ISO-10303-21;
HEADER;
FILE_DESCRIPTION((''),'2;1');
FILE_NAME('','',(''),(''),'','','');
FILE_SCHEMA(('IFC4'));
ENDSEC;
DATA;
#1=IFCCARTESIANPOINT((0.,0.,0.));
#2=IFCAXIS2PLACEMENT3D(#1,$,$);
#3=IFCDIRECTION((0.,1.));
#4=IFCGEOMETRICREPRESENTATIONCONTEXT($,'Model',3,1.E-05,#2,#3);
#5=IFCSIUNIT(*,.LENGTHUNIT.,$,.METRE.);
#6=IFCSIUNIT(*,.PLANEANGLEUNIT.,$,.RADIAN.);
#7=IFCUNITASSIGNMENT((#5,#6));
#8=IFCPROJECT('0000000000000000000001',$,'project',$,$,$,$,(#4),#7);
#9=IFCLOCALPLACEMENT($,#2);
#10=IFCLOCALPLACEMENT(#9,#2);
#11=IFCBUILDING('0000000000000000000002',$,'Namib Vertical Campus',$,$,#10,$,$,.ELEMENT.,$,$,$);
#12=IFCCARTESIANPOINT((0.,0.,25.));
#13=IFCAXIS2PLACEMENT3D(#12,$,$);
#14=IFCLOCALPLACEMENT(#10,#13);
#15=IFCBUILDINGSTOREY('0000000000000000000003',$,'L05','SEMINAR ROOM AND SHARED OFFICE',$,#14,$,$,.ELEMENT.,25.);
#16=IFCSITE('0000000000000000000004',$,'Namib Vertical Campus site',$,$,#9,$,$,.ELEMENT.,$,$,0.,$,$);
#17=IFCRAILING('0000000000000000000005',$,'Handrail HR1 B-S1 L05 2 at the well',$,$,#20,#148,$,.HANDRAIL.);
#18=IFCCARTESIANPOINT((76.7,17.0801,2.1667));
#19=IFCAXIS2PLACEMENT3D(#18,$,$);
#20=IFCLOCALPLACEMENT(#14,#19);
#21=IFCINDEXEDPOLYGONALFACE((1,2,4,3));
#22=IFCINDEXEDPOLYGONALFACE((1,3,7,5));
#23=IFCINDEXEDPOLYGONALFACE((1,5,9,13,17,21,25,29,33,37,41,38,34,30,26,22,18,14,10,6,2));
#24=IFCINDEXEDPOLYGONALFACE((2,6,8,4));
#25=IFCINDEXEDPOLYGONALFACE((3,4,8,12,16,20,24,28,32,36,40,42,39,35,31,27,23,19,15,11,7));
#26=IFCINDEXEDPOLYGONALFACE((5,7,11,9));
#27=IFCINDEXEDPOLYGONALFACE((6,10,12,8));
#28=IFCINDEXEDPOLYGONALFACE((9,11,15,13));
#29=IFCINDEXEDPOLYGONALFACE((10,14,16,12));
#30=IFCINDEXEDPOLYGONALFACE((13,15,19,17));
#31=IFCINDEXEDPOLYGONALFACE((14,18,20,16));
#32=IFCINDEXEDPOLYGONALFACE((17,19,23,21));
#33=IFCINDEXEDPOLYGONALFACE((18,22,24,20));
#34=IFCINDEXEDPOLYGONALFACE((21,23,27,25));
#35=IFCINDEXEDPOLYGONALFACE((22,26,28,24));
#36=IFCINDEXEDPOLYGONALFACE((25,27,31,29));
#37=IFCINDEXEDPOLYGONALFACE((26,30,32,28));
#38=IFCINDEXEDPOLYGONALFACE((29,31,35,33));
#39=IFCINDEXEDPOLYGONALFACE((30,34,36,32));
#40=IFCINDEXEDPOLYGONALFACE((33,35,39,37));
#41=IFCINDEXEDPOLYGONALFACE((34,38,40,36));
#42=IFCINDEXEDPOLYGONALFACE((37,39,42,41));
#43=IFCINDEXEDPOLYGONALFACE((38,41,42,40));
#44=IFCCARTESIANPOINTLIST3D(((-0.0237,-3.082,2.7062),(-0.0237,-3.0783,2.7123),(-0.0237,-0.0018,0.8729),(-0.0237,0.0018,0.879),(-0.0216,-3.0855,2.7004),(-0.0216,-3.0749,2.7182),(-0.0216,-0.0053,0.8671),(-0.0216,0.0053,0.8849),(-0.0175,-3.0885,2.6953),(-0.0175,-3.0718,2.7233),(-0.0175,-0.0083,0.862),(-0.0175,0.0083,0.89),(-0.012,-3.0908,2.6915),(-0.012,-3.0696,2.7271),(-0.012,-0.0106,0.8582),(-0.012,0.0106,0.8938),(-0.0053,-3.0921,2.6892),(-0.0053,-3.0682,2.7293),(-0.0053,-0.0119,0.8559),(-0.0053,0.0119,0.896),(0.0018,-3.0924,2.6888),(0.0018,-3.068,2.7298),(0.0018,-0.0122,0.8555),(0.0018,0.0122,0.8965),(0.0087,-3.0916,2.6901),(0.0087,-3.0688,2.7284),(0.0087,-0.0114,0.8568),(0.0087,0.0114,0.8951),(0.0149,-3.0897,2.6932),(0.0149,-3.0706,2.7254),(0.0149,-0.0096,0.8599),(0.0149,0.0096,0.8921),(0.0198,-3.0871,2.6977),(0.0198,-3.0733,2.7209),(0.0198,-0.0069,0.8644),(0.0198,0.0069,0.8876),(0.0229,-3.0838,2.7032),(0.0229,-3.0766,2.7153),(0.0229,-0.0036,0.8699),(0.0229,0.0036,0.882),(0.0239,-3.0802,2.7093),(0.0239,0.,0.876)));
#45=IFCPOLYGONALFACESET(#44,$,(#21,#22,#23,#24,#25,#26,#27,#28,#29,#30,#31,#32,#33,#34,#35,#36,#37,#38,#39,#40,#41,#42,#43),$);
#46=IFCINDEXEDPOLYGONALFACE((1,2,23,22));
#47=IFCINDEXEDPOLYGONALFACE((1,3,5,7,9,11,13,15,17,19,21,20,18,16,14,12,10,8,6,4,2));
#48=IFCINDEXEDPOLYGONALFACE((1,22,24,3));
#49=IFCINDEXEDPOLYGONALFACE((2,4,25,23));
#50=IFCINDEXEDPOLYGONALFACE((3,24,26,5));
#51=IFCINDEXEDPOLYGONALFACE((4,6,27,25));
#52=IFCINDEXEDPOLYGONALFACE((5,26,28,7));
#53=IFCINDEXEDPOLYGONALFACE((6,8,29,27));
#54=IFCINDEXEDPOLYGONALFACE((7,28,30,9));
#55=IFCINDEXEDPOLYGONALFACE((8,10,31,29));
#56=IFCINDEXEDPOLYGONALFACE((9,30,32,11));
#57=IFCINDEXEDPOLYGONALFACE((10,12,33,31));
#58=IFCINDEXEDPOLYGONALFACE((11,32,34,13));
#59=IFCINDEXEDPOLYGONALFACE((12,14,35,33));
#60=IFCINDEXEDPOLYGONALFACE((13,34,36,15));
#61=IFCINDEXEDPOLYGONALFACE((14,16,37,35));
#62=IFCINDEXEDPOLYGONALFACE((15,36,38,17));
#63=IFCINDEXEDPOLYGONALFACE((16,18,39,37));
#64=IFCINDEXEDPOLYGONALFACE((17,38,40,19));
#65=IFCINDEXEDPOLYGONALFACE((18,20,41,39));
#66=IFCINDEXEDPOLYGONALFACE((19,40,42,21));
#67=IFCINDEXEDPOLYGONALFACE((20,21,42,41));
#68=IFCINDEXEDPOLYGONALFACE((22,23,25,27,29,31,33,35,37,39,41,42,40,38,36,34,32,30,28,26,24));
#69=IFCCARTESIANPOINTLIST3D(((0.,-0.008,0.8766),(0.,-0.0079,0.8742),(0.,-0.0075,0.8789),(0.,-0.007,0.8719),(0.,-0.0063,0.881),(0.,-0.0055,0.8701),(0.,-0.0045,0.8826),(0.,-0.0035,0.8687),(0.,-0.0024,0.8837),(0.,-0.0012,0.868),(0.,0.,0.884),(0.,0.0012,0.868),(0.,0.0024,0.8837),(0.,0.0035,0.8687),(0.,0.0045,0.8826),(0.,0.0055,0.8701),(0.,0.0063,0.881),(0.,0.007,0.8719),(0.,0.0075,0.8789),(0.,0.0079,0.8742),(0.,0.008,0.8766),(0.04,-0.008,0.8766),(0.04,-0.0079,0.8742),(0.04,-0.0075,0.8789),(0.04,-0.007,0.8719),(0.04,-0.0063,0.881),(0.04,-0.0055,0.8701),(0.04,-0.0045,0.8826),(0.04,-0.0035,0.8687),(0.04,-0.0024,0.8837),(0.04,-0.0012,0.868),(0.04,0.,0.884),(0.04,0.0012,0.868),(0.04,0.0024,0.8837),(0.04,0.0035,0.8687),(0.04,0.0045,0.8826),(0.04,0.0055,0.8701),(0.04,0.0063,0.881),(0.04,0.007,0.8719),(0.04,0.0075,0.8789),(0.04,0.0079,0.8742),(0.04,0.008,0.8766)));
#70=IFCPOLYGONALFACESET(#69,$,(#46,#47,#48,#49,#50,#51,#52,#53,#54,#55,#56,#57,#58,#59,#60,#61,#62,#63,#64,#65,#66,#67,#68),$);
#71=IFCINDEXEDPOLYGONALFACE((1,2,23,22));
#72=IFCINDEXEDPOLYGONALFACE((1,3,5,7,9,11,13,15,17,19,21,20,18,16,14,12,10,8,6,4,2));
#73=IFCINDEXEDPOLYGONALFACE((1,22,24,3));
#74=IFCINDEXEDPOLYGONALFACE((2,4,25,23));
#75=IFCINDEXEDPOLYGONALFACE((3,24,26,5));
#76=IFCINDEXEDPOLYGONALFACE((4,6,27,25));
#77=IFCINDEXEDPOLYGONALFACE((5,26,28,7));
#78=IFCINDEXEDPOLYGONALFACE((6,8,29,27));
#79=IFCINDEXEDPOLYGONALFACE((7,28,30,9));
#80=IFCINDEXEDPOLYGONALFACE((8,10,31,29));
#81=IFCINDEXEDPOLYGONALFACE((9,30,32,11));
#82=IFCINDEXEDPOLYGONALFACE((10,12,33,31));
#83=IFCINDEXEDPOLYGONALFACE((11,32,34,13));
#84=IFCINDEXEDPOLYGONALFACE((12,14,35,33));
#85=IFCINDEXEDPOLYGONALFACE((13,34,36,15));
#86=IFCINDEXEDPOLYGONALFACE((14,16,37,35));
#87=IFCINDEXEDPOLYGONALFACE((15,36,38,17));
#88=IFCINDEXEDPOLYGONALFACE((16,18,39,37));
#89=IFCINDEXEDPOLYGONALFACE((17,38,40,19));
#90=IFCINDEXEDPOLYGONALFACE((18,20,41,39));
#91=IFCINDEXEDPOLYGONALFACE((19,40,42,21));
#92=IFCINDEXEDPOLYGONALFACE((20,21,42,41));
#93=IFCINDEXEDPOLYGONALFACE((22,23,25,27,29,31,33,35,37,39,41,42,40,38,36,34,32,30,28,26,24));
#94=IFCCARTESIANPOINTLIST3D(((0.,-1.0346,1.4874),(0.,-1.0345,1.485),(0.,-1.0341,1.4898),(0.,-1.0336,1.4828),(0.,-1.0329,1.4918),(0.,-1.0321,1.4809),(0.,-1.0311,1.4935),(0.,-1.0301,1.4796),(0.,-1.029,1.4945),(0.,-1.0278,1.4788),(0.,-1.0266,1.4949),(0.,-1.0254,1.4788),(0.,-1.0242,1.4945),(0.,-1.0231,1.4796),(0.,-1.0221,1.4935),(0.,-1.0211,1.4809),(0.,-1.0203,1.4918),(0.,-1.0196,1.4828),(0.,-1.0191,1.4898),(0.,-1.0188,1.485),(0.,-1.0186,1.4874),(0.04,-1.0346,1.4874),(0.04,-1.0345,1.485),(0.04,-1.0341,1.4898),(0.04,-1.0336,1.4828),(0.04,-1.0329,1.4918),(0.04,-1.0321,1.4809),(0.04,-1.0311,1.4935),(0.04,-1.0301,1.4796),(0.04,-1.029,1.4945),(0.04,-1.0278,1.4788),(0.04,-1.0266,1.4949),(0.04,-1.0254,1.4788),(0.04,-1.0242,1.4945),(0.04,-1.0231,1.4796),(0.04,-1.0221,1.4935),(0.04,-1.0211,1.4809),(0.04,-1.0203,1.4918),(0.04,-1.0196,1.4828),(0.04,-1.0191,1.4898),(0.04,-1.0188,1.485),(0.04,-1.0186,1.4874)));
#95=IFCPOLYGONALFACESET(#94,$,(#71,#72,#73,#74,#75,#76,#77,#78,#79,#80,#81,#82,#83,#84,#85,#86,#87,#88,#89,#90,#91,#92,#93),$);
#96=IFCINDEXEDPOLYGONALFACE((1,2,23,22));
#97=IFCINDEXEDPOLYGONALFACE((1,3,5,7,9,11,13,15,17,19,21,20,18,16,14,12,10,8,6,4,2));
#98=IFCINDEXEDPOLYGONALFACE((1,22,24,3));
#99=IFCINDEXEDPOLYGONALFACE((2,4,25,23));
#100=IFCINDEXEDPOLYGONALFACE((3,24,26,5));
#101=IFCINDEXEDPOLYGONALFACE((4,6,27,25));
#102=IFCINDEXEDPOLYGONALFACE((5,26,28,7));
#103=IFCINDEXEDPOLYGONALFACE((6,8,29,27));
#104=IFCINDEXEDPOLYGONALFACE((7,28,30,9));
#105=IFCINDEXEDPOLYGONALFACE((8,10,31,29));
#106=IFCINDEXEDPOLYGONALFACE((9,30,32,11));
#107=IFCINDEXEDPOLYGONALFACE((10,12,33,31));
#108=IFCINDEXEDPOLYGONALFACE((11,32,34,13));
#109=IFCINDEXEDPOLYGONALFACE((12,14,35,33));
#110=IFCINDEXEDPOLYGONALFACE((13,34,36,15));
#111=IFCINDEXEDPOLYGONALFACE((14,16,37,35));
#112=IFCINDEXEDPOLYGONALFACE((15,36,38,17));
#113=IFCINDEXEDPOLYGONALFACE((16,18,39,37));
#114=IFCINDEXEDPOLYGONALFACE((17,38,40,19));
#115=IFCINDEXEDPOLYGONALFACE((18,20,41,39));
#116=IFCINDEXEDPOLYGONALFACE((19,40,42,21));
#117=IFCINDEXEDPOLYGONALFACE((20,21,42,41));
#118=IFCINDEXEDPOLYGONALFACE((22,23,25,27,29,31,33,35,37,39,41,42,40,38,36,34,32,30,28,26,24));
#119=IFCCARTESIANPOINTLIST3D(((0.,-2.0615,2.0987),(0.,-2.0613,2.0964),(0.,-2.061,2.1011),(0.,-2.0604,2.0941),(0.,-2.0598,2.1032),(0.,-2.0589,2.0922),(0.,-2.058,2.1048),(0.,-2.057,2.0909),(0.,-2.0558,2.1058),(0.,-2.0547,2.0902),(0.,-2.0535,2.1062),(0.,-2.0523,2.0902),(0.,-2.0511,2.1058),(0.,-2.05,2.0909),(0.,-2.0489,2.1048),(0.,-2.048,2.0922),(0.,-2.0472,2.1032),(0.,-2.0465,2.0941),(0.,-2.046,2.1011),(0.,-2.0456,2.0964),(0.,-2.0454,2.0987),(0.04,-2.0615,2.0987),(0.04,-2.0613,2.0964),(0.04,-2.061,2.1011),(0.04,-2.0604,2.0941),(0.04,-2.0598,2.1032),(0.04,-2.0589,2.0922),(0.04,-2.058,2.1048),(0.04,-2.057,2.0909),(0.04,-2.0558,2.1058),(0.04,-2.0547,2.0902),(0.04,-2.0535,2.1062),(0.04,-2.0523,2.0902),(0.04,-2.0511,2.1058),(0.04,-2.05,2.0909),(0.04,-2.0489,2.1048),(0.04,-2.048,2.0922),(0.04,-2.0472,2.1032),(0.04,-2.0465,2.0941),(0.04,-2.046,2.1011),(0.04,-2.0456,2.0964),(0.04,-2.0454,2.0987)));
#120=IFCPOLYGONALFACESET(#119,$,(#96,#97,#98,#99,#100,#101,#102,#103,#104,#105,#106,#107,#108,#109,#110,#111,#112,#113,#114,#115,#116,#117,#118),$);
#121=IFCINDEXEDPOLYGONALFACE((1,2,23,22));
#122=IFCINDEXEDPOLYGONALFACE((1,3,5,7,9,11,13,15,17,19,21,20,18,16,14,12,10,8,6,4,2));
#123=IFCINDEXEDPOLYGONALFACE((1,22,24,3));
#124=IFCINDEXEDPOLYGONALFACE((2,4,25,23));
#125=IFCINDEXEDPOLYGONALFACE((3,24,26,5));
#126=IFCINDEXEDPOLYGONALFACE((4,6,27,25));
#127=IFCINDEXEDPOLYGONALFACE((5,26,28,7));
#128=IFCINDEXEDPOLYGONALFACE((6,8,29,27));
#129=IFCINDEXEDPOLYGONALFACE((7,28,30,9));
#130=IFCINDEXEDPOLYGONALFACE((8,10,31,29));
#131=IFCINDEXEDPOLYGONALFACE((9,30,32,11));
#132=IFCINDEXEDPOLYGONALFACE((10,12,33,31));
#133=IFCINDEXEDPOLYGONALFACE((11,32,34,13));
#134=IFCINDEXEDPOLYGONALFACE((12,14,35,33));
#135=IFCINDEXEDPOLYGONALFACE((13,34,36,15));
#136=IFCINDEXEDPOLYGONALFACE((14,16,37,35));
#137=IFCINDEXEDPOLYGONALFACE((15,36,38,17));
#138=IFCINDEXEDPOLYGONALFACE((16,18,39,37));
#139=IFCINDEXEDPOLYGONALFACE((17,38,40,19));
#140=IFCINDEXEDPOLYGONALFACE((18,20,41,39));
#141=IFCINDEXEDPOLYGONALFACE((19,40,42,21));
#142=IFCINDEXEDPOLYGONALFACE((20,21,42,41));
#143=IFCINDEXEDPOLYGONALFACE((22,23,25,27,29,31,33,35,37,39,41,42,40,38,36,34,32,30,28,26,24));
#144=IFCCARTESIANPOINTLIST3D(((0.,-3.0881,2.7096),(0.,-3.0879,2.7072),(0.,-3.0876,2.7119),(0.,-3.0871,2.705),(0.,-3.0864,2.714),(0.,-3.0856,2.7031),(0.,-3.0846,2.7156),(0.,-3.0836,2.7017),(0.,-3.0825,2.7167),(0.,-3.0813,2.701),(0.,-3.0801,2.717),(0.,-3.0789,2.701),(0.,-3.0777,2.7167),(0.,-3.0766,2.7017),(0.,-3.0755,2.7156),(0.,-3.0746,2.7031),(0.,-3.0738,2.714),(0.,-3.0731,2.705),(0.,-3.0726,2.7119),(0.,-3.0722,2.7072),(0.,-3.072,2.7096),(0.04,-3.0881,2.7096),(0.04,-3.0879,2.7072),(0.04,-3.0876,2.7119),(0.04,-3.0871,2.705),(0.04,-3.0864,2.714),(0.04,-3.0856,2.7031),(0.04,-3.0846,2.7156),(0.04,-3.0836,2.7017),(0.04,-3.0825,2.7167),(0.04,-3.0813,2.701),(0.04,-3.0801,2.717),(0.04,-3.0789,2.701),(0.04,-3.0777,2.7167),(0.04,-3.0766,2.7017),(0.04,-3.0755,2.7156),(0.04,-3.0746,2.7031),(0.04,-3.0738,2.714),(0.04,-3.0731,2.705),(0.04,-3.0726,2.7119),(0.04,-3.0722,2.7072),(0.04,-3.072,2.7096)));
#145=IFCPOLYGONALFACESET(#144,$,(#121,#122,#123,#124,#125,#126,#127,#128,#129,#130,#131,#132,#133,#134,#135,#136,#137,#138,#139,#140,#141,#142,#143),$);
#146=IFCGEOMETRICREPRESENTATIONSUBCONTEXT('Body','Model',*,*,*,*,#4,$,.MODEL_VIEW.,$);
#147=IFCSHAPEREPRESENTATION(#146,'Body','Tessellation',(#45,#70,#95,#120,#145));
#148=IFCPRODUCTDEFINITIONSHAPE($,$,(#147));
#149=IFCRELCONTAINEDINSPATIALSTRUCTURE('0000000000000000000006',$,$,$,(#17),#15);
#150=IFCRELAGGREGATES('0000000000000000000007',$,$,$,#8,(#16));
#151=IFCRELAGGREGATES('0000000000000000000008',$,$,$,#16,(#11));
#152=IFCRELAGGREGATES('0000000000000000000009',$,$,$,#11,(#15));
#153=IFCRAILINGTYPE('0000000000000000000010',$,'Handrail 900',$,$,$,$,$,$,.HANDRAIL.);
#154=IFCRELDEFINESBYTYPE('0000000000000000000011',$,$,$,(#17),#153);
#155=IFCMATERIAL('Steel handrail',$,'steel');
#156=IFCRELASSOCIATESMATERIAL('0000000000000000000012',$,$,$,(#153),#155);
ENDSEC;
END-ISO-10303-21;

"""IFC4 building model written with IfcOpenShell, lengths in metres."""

from ifc_helpers import new_model, si_unit, direction, frame, origin, origin_2d, place, context, subcontext, project, spatial, circle, extrude, material, type_object, element, save


model = new_model("IFC4")

# Units and contexts
model_context = context("Model", 3, precision=1e-05, world=origin(), true_north=direction((0.0, 1.0)))
body_context = subcontext(model_context, "Body", "Model", "MODEL_VIEW")
ifc_project = project(units=[si_unit("LENGTHUNIT", "METRE"), si_unit("PLANEANGLEUNIT", "RADIAN")], contexts=[model_context])

# Site, building, storey
site_placement = place(None, origin())
site = spatial("IfcSite", under=ifc_project, at=site_placement, Name="Namib Vertical Campus site", CompositionType="ELEMENT", RefElevation=0.0)
building_placement = place(site_placement, origin())
building = spatial("IfcBuilding", under=site, at=building_placement, Name="Namib Vertical Campus", CompositionType="ELEMENT")
storey_placement = place(building_placement, frame((0.0, 0.0, 25.0)))
storey = spatial("IfcBuildingStorey", under=building, at=storey_placement, Name="L05", Description="SEMINAR ROOM AND SHARED OFFICE", CompositionType="ELEMENT", Elevation=25.0)

# Railing
ifc_material_1 = material(Name="Steel handrail", Category="steel")
railing_type_1 = type_object("IfcRailingType", Name="Handrail 900", PredefinedType="HANDRAIL", material=ifc_material_1)
railing_1_placement = place(storey_placement, frame((76.7, 17.0801, 2.1667)))
element("IfcRailing", 1, at=railing_1_placement, inside=storey, type_object=railing_type_1, Name="Handrail HR1 B-S1 L05 2 at the well", PredefinedType="HANDRAIL", context=body_context, shape_type="SweptSolid", body=[
    extrude(circle(Radius=0.0239, at=origin_2d()), frame((0.0, 0.0, 0.876), z_axis=(0.0, -0.859309, 0.511458), x_axis=(1.0, 0.0, 0.0)), (0.0, 0.0, 1.0), 3.5845),
    extrude(circle(Radius=0.0081, at=origin_2d()), frame((0.0, 0.0, 0.876), z_axis=(1.0, 0.0, 0.0), x_axis=(0.0, 0.0, 1.0)), (0.0, 0.0, 1.0), 0.04),
    extrude(circle(Radius=0.0081, at=origin_2d()), frame((0.0, -1.0266, 1.4868), z_axis=(1.0, 0.0, 0.0), x_axis=(0.0, 0.0, 1.0)), (0.0, 0.0, 1.0), 0.04),
    extrude(circle(Radius=0.0081, at=origin_2d()), frame((0.0, -2.0535, 2.0981), z_axis=(1.0, 0.0, 0.0), x_axis=(0.0, 0.0, 1.0)), (0.0, 0.0, 1.0), 0.04),
    extrude(circle(Radius=0.0081, at=origin_2d()), frame((0.0, -3.0801, 2.709), z_axis=(1.0, 0.0, 0.0), x_axis=(0.0, 0.0, 1.0)), (0.0, 0.0, 1.0), 0.04),
])

save(model, "model.ifc")
